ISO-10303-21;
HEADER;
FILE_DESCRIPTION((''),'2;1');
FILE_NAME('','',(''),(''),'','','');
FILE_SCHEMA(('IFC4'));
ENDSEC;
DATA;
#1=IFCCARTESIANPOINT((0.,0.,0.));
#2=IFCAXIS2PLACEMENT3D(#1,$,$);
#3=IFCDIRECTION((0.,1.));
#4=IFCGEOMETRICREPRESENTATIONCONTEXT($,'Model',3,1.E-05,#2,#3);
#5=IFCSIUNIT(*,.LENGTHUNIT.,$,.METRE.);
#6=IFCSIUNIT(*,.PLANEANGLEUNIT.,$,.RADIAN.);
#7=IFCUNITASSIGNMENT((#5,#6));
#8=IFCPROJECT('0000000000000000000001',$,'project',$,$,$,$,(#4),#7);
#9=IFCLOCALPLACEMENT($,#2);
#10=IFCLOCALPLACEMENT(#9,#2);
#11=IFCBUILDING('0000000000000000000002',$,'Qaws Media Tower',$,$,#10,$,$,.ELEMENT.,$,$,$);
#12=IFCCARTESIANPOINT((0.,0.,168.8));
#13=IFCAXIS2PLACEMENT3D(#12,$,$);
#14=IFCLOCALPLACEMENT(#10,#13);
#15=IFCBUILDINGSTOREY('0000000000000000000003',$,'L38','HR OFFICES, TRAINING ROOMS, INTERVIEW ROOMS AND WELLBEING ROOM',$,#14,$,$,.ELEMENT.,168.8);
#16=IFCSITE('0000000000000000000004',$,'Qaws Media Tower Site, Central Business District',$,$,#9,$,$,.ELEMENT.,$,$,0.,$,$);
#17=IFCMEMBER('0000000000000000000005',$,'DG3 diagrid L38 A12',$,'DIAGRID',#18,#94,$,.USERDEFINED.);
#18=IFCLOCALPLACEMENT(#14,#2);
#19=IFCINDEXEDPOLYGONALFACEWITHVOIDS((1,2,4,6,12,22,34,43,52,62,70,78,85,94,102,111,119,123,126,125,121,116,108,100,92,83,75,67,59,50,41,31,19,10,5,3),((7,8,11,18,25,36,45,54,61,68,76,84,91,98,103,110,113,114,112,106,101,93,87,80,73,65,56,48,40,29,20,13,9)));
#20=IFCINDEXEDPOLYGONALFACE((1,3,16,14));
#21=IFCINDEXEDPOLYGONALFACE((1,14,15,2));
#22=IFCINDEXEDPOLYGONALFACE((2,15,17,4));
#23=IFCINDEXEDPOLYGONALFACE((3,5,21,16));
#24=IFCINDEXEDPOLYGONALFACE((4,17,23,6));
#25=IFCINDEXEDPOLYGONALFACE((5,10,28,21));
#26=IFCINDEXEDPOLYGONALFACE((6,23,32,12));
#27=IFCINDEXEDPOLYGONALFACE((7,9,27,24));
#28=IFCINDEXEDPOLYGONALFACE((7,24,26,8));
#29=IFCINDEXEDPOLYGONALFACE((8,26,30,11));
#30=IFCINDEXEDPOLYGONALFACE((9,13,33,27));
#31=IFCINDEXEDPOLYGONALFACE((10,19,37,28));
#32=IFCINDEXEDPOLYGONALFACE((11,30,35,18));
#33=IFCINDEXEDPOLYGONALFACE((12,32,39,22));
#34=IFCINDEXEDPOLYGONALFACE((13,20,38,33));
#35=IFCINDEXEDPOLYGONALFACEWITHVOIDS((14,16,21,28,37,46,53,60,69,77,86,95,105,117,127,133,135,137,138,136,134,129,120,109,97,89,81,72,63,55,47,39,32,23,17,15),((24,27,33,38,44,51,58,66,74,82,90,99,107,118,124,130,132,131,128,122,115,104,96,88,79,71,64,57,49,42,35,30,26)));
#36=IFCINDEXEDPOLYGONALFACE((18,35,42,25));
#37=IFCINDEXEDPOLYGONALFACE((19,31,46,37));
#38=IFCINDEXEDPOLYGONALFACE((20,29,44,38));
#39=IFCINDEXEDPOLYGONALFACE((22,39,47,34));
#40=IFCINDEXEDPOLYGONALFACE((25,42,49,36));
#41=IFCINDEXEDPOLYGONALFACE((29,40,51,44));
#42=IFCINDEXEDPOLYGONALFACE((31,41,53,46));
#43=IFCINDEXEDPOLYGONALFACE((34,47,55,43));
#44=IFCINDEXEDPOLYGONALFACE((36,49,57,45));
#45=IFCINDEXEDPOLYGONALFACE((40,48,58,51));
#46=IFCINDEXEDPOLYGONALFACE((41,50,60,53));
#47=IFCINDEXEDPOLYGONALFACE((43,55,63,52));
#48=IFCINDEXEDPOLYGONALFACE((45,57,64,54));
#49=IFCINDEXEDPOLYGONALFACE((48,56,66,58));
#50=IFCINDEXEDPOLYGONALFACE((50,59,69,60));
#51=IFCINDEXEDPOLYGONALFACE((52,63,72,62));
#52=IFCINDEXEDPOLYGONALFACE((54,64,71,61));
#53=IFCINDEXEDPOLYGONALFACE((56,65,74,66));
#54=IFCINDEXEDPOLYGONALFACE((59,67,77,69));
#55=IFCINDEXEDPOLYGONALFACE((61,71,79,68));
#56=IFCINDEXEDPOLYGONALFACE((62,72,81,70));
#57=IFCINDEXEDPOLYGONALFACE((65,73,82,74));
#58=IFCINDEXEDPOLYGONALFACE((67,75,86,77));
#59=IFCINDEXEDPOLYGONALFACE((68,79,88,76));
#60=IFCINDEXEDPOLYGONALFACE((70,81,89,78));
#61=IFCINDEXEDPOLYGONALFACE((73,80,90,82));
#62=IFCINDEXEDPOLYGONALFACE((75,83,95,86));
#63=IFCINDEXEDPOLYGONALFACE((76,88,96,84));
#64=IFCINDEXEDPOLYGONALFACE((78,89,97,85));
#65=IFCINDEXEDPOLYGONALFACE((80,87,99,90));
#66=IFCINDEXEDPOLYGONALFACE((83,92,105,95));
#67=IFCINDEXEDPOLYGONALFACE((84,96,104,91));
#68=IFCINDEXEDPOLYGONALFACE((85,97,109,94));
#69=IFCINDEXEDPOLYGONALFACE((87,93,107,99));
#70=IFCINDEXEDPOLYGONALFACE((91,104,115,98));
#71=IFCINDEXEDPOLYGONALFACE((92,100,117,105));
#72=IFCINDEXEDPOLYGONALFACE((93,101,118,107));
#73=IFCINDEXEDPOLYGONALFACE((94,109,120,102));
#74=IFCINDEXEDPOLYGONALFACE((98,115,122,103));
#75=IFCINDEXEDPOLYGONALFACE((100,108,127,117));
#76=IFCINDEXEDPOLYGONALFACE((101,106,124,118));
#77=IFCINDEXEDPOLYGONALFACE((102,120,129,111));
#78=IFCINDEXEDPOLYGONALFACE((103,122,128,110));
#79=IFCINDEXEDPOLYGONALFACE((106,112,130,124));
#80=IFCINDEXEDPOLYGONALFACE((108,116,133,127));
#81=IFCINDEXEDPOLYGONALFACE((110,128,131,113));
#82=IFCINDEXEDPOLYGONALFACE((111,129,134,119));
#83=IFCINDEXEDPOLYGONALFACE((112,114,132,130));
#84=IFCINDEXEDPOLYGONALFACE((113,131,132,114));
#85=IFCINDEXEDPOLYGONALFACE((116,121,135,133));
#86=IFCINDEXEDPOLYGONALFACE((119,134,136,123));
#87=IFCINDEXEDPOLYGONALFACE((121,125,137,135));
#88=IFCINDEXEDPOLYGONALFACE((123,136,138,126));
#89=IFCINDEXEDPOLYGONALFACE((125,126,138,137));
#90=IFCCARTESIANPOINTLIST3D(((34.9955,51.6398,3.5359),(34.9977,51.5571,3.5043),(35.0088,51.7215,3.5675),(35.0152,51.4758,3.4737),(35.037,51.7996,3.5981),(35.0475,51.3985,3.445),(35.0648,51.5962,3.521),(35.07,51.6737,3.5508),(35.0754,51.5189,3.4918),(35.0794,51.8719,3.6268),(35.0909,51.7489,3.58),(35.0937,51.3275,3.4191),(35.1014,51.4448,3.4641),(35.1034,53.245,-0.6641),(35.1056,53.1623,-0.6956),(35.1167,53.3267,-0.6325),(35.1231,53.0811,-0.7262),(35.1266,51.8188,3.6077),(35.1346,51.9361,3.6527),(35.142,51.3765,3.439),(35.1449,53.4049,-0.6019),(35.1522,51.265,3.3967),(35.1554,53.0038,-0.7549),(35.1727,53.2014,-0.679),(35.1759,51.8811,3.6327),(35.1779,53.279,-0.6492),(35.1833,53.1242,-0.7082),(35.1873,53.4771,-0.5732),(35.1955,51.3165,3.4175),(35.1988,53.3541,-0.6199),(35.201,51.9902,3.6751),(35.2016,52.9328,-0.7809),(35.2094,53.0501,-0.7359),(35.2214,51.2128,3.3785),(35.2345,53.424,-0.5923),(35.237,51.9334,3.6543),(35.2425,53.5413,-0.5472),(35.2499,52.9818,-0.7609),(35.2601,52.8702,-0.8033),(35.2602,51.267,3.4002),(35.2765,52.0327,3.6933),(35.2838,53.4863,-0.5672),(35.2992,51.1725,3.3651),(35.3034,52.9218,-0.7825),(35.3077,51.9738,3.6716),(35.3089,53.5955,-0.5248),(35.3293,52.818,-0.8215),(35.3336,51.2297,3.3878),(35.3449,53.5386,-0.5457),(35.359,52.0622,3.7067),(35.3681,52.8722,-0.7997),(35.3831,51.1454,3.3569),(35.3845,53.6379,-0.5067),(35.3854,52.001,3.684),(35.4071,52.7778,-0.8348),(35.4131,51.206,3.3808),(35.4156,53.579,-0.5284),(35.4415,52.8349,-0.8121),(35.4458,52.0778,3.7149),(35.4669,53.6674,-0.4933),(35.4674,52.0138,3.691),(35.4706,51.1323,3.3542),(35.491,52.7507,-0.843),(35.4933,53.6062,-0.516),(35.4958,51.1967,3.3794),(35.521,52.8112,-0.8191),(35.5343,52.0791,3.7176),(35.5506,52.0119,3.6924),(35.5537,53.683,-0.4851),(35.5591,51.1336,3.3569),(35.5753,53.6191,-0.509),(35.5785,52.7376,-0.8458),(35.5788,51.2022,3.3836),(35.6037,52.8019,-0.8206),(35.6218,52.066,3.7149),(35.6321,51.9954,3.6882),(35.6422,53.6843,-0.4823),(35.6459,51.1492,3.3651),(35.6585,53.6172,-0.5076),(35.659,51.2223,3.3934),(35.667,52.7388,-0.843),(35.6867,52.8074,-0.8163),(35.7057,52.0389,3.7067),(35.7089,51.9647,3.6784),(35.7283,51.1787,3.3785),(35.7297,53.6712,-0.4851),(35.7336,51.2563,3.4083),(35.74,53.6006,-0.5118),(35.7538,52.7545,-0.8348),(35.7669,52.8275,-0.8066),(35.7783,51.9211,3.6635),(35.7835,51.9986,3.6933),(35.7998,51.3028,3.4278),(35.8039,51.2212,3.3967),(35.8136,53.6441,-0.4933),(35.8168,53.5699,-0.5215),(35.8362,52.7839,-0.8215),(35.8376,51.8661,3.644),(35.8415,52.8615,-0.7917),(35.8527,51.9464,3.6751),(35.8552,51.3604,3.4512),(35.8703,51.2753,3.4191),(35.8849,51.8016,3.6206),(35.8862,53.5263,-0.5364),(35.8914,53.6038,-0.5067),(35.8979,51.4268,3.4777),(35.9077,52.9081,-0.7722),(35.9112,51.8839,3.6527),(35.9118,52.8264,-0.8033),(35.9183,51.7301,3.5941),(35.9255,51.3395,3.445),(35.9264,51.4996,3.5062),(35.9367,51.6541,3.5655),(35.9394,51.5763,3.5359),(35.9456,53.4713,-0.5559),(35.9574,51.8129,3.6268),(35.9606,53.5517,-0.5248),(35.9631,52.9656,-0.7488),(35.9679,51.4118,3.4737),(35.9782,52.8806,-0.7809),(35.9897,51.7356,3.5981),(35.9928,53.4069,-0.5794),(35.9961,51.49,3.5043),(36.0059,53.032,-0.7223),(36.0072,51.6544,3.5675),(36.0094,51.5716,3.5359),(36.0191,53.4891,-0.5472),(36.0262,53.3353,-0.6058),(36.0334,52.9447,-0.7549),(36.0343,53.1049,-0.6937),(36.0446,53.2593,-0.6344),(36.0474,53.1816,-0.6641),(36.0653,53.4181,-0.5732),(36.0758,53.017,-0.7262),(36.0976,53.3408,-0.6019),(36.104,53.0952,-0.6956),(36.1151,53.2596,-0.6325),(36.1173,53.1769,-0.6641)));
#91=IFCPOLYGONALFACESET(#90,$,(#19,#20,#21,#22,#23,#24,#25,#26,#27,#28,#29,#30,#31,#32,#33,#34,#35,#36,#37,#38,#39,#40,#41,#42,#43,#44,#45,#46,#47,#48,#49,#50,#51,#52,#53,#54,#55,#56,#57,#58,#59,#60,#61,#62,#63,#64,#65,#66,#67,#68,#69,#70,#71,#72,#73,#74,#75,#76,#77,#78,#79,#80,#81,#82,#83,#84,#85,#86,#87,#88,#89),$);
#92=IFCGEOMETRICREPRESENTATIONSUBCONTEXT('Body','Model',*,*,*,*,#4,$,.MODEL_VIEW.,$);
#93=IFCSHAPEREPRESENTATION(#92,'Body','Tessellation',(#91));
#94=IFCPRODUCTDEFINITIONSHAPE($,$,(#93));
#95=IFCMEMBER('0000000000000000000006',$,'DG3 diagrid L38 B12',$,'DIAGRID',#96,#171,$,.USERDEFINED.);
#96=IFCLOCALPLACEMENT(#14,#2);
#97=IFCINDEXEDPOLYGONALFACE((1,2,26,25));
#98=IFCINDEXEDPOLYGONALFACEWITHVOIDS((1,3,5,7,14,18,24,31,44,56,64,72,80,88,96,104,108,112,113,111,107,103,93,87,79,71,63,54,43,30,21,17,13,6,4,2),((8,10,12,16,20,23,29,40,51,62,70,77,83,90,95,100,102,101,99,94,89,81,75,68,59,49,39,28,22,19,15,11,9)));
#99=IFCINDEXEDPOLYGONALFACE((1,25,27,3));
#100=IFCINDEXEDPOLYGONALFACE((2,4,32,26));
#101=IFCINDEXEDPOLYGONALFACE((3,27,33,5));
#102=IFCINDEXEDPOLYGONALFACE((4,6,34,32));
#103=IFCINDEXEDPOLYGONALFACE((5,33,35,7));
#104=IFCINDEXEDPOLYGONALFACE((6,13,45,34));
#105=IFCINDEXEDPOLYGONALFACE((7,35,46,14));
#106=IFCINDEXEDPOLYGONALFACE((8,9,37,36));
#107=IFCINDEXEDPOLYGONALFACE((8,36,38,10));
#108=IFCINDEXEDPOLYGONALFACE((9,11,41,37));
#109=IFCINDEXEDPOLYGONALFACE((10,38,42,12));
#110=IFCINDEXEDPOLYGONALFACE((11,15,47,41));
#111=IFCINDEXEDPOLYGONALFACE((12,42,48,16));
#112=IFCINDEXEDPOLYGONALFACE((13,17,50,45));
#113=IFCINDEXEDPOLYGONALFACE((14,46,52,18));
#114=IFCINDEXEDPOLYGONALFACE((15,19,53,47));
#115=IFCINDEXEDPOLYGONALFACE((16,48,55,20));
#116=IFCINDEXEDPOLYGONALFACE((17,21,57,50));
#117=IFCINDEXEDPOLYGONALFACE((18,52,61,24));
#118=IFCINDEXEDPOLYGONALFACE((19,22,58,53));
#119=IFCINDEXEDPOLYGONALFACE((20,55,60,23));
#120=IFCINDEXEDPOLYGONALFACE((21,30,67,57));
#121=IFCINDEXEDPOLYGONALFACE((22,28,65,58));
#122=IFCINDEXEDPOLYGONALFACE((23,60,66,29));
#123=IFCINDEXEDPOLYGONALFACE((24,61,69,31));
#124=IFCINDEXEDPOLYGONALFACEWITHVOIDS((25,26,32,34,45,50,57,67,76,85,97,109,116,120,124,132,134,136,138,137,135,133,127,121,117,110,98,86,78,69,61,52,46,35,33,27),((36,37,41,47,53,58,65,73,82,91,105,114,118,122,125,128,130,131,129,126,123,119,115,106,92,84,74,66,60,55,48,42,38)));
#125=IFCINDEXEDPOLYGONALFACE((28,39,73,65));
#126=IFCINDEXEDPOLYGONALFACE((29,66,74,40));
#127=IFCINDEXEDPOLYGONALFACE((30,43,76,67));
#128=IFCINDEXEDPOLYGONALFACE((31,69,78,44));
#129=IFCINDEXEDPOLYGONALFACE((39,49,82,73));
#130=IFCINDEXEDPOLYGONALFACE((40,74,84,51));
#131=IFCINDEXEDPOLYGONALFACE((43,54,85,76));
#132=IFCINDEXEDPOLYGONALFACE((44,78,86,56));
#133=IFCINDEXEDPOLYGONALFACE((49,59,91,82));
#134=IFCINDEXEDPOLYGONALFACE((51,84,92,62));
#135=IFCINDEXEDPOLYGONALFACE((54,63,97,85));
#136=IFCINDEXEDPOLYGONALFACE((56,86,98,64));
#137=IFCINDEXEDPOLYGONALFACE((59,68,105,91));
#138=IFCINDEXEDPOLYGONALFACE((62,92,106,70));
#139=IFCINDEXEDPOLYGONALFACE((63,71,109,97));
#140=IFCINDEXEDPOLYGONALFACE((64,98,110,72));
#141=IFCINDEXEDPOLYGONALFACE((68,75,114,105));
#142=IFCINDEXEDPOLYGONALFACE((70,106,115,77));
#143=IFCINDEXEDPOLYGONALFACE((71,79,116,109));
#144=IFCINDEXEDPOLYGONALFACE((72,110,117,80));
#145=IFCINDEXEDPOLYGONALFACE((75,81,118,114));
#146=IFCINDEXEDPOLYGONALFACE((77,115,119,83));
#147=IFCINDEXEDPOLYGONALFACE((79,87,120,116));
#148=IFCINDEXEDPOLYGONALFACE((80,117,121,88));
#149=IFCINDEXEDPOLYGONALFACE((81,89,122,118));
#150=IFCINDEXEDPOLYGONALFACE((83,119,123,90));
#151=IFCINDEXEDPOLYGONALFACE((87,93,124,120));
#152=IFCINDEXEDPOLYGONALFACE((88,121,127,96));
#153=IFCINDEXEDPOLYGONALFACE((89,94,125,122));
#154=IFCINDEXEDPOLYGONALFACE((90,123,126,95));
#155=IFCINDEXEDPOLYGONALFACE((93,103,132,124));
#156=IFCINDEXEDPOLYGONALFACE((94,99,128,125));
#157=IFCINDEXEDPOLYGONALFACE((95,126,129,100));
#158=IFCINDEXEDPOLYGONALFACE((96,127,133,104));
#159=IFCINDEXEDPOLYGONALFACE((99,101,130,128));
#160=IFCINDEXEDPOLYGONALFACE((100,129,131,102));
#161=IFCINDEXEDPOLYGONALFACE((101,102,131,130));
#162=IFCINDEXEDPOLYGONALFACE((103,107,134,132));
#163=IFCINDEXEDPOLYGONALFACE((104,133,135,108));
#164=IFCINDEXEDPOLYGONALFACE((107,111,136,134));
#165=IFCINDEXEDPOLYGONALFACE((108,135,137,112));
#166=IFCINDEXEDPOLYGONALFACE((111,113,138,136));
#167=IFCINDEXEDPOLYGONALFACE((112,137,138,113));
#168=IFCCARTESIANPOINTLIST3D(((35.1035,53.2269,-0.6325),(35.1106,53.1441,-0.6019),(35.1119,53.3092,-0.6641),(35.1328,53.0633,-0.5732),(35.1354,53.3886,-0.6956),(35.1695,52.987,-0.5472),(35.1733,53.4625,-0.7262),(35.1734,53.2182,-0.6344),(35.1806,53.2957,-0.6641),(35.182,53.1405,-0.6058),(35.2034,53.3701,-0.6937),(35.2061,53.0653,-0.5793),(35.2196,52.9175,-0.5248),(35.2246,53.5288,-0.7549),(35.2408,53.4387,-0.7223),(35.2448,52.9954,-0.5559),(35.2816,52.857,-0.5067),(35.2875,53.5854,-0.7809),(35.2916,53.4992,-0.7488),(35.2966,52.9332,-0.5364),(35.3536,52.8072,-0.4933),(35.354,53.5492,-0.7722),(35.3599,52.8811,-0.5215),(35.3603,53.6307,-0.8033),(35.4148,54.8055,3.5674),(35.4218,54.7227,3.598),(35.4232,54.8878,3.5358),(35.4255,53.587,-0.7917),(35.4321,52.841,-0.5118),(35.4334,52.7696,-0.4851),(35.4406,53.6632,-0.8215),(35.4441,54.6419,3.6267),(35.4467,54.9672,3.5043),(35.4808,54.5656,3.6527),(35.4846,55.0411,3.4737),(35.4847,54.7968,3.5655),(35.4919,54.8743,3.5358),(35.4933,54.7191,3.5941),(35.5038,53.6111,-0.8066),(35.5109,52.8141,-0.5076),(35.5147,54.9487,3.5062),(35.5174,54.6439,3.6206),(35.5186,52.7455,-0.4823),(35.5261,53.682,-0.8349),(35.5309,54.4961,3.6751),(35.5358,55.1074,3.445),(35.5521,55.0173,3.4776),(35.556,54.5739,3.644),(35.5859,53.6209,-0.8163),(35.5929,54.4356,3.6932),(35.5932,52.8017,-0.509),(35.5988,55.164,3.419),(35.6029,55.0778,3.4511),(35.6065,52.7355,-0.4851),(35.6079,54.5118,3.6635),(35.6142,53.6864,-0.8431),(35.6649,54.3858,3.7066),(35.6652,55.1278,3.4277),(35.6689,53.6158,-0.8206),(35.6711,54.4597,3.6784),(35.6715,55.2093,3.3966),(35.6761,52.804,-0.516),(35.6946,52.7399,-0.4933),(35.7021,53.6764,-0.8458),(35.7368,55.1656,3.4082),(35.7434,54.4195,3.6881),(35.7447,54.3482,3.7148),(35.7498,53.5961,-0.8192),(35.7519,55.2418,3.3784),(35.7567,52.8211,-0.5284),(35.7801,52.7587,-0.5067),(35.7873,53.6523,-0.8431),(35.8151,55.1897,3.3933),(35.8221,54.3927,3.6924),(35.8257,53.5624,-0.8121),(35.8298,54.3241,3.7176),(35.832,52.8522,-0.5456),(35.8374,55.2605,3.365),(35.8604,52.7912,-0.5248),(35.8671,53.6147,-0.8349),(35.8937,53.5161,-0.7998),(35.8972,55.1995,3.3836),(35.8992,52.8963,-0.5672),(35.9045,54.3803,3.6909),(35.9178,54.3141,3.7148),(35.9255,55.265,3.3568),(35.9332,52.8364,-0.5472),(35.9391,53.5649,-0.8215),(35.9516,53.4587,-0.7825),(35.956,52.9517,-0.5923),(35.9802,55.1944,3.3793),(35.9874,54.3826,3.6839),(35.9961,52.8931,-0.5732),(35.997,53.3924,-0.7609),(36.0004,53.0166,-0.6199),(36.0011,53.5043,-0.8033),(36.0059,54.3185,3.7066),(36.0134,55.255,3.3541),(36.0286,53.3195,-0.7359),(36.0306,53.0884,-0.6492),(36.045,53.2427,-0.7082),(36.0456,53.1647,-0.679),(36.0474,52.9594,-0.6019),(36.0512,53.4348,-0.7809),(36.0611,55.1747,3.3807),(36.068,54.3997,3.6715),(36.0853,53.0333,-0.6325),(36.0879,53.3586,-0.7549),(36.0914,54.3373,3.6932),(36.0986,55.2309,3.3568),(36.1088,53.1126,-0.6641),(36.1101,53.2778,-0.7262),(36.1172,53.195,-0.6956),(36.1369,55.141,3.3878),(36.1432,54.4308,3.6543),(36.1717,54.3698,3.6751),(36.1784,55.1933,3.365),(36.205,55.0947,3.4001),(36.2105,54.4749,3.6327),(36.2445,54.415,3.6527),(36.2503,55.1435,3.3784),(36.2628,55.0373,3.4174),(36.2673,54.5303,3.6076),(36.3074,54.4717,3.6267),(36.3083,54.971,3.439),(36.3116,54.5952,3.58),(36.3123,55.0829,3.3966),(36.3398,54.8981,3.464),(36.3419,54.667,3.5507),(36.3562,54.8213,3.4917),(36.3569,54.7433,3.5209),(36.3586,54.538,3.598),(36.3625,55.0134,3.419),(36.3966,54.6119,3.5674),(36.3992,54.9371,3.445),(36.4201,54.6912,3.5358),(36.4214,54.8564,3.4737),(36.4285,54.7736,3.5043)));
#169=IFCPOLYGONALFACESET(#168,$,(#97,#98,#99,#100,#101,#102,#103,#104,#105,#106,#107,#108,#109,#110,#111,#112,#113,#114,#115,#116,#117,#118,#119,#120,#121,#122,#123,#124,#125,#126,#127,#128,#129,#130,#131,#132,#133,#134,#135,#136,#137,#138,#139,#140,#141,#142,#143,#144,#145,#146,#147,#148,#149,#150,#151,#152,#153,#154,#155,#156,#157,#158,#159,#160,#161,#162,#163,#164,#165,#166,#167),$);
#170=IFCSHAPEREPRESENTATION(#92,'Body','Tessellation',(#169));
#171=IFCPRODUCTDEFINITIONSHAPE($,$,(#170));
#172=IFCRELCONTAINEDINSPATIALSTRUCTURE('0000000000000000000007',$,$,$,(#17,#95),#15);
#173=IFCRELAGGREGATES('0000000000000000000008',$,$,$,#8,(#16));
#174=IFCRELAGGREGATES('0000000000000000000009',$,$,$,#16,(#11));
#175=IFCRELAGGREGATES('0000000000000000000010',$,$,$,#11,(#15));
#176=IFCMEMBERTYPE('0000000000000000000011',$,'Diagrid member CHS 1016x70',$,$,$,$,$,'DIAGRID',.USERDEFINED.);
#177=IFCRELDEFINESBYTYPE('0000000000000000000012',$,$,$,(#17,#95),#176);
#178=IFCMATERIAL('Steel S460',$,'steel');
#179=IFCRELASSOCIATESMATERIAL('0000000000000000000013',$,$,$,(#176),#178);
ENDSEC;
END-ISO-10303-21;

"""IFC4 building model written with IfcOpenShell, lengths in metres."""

from ifc_helpers import new_model, si_unit, direction, frame, origin, origin_2d, place, context, subcontext, project, spatial, hollow_circle, extrude, material, material_profile, profile_set, type_object, element, save


model = new_model("IFC4")

# Units and contexts
model_context = context("Model", 3, precision=1e-05, world=origin(), true_north=direction((0.0, 1.0)))
body_context = subcontext(model_context, "Body", "Model", "MODEL_VIEW")
ifc_project = project(units=[si_unit("LENGTHUNIT", "METRE"), si_unit("PLANEANGLEUNIT", "RADIAN")], contexts=[model_context])

# Site, building, storey
site_placement = place(None, origin())
site = spatial("IfcSite", under=ifc_project, at=site_placement, Name="Qaws Media Tower Site, Central Business District", CompositionType="ELEMENT", RefElevation=0.0)
building_placement = place(site_placement, origin())
building = spatial("IfcBuilding", under=site, at=building_placement, Name="Qaws Media Tower", CompositionType="ELEMENT")
storey_placement = place(building_placement, frame((0.0, 0.0, 168.8)))
storey = spatial("IfcBuildingStorey", under=building, at=storey_placement, Name="L38", Description="HR OFFICES, TRAINING ROOMS, INTERVIEW ROOMS AND WELLBEING ROOM", CompositionType="ELEMENT", Elevation=168.8)

# Members
ifc_material_1 = material(Name="Steel S460", Category="steel")
ifc_material_profile_1 = material_profile(ifc_material_1, hollow_circle(Radius=0.5081, WallThickness=0.0701, at=origin_2d()), Name="CHS 1016x70")
ifc_profile_set_1 = profile_set([ifc_material_profile_1], Name="Steel S460")
member_type_1 = type_object("IfcMemberType", Name="Diagrid member CHS 1016x70", ElementType="DIAGRID", PredefinedType="USERDEFINED", material=ifc_profile_set_1)
for number, where, z_axis, x_axis, name in (
    (1, (35.6104, 53.2109, -0.6641), (-0.023993, -0.356911, 0.93383), (0.997748, -0.067073, 0.0), "DG3 diagrid L38 A12"),
    (2, (35.6104, 53.2109, -0.6641), (0.06921, 0.350989, 0.933818), (-0.981108, 0.19346, 0.0), "DG3 diagrid L38 B12"),
):
    element("IfcMember", number, at=place(storey_placement, frame(where, z_axis=z_axis, x_axis=x_axis)), inside=storey, type_object=member_type_1, Name=name, ObjectType="DIAGRID", PredefinedType="USERDEFINED", context=body_context, shape_type="SweptSolid", body=[
        extrude(hollow_circle(Radius=0.5081, WallThickness=0.0701, at=origin_2d()), origin(), (0.0, 0.0, 1.0), 4.4976),
    ])

save(model, "model.ifc")
